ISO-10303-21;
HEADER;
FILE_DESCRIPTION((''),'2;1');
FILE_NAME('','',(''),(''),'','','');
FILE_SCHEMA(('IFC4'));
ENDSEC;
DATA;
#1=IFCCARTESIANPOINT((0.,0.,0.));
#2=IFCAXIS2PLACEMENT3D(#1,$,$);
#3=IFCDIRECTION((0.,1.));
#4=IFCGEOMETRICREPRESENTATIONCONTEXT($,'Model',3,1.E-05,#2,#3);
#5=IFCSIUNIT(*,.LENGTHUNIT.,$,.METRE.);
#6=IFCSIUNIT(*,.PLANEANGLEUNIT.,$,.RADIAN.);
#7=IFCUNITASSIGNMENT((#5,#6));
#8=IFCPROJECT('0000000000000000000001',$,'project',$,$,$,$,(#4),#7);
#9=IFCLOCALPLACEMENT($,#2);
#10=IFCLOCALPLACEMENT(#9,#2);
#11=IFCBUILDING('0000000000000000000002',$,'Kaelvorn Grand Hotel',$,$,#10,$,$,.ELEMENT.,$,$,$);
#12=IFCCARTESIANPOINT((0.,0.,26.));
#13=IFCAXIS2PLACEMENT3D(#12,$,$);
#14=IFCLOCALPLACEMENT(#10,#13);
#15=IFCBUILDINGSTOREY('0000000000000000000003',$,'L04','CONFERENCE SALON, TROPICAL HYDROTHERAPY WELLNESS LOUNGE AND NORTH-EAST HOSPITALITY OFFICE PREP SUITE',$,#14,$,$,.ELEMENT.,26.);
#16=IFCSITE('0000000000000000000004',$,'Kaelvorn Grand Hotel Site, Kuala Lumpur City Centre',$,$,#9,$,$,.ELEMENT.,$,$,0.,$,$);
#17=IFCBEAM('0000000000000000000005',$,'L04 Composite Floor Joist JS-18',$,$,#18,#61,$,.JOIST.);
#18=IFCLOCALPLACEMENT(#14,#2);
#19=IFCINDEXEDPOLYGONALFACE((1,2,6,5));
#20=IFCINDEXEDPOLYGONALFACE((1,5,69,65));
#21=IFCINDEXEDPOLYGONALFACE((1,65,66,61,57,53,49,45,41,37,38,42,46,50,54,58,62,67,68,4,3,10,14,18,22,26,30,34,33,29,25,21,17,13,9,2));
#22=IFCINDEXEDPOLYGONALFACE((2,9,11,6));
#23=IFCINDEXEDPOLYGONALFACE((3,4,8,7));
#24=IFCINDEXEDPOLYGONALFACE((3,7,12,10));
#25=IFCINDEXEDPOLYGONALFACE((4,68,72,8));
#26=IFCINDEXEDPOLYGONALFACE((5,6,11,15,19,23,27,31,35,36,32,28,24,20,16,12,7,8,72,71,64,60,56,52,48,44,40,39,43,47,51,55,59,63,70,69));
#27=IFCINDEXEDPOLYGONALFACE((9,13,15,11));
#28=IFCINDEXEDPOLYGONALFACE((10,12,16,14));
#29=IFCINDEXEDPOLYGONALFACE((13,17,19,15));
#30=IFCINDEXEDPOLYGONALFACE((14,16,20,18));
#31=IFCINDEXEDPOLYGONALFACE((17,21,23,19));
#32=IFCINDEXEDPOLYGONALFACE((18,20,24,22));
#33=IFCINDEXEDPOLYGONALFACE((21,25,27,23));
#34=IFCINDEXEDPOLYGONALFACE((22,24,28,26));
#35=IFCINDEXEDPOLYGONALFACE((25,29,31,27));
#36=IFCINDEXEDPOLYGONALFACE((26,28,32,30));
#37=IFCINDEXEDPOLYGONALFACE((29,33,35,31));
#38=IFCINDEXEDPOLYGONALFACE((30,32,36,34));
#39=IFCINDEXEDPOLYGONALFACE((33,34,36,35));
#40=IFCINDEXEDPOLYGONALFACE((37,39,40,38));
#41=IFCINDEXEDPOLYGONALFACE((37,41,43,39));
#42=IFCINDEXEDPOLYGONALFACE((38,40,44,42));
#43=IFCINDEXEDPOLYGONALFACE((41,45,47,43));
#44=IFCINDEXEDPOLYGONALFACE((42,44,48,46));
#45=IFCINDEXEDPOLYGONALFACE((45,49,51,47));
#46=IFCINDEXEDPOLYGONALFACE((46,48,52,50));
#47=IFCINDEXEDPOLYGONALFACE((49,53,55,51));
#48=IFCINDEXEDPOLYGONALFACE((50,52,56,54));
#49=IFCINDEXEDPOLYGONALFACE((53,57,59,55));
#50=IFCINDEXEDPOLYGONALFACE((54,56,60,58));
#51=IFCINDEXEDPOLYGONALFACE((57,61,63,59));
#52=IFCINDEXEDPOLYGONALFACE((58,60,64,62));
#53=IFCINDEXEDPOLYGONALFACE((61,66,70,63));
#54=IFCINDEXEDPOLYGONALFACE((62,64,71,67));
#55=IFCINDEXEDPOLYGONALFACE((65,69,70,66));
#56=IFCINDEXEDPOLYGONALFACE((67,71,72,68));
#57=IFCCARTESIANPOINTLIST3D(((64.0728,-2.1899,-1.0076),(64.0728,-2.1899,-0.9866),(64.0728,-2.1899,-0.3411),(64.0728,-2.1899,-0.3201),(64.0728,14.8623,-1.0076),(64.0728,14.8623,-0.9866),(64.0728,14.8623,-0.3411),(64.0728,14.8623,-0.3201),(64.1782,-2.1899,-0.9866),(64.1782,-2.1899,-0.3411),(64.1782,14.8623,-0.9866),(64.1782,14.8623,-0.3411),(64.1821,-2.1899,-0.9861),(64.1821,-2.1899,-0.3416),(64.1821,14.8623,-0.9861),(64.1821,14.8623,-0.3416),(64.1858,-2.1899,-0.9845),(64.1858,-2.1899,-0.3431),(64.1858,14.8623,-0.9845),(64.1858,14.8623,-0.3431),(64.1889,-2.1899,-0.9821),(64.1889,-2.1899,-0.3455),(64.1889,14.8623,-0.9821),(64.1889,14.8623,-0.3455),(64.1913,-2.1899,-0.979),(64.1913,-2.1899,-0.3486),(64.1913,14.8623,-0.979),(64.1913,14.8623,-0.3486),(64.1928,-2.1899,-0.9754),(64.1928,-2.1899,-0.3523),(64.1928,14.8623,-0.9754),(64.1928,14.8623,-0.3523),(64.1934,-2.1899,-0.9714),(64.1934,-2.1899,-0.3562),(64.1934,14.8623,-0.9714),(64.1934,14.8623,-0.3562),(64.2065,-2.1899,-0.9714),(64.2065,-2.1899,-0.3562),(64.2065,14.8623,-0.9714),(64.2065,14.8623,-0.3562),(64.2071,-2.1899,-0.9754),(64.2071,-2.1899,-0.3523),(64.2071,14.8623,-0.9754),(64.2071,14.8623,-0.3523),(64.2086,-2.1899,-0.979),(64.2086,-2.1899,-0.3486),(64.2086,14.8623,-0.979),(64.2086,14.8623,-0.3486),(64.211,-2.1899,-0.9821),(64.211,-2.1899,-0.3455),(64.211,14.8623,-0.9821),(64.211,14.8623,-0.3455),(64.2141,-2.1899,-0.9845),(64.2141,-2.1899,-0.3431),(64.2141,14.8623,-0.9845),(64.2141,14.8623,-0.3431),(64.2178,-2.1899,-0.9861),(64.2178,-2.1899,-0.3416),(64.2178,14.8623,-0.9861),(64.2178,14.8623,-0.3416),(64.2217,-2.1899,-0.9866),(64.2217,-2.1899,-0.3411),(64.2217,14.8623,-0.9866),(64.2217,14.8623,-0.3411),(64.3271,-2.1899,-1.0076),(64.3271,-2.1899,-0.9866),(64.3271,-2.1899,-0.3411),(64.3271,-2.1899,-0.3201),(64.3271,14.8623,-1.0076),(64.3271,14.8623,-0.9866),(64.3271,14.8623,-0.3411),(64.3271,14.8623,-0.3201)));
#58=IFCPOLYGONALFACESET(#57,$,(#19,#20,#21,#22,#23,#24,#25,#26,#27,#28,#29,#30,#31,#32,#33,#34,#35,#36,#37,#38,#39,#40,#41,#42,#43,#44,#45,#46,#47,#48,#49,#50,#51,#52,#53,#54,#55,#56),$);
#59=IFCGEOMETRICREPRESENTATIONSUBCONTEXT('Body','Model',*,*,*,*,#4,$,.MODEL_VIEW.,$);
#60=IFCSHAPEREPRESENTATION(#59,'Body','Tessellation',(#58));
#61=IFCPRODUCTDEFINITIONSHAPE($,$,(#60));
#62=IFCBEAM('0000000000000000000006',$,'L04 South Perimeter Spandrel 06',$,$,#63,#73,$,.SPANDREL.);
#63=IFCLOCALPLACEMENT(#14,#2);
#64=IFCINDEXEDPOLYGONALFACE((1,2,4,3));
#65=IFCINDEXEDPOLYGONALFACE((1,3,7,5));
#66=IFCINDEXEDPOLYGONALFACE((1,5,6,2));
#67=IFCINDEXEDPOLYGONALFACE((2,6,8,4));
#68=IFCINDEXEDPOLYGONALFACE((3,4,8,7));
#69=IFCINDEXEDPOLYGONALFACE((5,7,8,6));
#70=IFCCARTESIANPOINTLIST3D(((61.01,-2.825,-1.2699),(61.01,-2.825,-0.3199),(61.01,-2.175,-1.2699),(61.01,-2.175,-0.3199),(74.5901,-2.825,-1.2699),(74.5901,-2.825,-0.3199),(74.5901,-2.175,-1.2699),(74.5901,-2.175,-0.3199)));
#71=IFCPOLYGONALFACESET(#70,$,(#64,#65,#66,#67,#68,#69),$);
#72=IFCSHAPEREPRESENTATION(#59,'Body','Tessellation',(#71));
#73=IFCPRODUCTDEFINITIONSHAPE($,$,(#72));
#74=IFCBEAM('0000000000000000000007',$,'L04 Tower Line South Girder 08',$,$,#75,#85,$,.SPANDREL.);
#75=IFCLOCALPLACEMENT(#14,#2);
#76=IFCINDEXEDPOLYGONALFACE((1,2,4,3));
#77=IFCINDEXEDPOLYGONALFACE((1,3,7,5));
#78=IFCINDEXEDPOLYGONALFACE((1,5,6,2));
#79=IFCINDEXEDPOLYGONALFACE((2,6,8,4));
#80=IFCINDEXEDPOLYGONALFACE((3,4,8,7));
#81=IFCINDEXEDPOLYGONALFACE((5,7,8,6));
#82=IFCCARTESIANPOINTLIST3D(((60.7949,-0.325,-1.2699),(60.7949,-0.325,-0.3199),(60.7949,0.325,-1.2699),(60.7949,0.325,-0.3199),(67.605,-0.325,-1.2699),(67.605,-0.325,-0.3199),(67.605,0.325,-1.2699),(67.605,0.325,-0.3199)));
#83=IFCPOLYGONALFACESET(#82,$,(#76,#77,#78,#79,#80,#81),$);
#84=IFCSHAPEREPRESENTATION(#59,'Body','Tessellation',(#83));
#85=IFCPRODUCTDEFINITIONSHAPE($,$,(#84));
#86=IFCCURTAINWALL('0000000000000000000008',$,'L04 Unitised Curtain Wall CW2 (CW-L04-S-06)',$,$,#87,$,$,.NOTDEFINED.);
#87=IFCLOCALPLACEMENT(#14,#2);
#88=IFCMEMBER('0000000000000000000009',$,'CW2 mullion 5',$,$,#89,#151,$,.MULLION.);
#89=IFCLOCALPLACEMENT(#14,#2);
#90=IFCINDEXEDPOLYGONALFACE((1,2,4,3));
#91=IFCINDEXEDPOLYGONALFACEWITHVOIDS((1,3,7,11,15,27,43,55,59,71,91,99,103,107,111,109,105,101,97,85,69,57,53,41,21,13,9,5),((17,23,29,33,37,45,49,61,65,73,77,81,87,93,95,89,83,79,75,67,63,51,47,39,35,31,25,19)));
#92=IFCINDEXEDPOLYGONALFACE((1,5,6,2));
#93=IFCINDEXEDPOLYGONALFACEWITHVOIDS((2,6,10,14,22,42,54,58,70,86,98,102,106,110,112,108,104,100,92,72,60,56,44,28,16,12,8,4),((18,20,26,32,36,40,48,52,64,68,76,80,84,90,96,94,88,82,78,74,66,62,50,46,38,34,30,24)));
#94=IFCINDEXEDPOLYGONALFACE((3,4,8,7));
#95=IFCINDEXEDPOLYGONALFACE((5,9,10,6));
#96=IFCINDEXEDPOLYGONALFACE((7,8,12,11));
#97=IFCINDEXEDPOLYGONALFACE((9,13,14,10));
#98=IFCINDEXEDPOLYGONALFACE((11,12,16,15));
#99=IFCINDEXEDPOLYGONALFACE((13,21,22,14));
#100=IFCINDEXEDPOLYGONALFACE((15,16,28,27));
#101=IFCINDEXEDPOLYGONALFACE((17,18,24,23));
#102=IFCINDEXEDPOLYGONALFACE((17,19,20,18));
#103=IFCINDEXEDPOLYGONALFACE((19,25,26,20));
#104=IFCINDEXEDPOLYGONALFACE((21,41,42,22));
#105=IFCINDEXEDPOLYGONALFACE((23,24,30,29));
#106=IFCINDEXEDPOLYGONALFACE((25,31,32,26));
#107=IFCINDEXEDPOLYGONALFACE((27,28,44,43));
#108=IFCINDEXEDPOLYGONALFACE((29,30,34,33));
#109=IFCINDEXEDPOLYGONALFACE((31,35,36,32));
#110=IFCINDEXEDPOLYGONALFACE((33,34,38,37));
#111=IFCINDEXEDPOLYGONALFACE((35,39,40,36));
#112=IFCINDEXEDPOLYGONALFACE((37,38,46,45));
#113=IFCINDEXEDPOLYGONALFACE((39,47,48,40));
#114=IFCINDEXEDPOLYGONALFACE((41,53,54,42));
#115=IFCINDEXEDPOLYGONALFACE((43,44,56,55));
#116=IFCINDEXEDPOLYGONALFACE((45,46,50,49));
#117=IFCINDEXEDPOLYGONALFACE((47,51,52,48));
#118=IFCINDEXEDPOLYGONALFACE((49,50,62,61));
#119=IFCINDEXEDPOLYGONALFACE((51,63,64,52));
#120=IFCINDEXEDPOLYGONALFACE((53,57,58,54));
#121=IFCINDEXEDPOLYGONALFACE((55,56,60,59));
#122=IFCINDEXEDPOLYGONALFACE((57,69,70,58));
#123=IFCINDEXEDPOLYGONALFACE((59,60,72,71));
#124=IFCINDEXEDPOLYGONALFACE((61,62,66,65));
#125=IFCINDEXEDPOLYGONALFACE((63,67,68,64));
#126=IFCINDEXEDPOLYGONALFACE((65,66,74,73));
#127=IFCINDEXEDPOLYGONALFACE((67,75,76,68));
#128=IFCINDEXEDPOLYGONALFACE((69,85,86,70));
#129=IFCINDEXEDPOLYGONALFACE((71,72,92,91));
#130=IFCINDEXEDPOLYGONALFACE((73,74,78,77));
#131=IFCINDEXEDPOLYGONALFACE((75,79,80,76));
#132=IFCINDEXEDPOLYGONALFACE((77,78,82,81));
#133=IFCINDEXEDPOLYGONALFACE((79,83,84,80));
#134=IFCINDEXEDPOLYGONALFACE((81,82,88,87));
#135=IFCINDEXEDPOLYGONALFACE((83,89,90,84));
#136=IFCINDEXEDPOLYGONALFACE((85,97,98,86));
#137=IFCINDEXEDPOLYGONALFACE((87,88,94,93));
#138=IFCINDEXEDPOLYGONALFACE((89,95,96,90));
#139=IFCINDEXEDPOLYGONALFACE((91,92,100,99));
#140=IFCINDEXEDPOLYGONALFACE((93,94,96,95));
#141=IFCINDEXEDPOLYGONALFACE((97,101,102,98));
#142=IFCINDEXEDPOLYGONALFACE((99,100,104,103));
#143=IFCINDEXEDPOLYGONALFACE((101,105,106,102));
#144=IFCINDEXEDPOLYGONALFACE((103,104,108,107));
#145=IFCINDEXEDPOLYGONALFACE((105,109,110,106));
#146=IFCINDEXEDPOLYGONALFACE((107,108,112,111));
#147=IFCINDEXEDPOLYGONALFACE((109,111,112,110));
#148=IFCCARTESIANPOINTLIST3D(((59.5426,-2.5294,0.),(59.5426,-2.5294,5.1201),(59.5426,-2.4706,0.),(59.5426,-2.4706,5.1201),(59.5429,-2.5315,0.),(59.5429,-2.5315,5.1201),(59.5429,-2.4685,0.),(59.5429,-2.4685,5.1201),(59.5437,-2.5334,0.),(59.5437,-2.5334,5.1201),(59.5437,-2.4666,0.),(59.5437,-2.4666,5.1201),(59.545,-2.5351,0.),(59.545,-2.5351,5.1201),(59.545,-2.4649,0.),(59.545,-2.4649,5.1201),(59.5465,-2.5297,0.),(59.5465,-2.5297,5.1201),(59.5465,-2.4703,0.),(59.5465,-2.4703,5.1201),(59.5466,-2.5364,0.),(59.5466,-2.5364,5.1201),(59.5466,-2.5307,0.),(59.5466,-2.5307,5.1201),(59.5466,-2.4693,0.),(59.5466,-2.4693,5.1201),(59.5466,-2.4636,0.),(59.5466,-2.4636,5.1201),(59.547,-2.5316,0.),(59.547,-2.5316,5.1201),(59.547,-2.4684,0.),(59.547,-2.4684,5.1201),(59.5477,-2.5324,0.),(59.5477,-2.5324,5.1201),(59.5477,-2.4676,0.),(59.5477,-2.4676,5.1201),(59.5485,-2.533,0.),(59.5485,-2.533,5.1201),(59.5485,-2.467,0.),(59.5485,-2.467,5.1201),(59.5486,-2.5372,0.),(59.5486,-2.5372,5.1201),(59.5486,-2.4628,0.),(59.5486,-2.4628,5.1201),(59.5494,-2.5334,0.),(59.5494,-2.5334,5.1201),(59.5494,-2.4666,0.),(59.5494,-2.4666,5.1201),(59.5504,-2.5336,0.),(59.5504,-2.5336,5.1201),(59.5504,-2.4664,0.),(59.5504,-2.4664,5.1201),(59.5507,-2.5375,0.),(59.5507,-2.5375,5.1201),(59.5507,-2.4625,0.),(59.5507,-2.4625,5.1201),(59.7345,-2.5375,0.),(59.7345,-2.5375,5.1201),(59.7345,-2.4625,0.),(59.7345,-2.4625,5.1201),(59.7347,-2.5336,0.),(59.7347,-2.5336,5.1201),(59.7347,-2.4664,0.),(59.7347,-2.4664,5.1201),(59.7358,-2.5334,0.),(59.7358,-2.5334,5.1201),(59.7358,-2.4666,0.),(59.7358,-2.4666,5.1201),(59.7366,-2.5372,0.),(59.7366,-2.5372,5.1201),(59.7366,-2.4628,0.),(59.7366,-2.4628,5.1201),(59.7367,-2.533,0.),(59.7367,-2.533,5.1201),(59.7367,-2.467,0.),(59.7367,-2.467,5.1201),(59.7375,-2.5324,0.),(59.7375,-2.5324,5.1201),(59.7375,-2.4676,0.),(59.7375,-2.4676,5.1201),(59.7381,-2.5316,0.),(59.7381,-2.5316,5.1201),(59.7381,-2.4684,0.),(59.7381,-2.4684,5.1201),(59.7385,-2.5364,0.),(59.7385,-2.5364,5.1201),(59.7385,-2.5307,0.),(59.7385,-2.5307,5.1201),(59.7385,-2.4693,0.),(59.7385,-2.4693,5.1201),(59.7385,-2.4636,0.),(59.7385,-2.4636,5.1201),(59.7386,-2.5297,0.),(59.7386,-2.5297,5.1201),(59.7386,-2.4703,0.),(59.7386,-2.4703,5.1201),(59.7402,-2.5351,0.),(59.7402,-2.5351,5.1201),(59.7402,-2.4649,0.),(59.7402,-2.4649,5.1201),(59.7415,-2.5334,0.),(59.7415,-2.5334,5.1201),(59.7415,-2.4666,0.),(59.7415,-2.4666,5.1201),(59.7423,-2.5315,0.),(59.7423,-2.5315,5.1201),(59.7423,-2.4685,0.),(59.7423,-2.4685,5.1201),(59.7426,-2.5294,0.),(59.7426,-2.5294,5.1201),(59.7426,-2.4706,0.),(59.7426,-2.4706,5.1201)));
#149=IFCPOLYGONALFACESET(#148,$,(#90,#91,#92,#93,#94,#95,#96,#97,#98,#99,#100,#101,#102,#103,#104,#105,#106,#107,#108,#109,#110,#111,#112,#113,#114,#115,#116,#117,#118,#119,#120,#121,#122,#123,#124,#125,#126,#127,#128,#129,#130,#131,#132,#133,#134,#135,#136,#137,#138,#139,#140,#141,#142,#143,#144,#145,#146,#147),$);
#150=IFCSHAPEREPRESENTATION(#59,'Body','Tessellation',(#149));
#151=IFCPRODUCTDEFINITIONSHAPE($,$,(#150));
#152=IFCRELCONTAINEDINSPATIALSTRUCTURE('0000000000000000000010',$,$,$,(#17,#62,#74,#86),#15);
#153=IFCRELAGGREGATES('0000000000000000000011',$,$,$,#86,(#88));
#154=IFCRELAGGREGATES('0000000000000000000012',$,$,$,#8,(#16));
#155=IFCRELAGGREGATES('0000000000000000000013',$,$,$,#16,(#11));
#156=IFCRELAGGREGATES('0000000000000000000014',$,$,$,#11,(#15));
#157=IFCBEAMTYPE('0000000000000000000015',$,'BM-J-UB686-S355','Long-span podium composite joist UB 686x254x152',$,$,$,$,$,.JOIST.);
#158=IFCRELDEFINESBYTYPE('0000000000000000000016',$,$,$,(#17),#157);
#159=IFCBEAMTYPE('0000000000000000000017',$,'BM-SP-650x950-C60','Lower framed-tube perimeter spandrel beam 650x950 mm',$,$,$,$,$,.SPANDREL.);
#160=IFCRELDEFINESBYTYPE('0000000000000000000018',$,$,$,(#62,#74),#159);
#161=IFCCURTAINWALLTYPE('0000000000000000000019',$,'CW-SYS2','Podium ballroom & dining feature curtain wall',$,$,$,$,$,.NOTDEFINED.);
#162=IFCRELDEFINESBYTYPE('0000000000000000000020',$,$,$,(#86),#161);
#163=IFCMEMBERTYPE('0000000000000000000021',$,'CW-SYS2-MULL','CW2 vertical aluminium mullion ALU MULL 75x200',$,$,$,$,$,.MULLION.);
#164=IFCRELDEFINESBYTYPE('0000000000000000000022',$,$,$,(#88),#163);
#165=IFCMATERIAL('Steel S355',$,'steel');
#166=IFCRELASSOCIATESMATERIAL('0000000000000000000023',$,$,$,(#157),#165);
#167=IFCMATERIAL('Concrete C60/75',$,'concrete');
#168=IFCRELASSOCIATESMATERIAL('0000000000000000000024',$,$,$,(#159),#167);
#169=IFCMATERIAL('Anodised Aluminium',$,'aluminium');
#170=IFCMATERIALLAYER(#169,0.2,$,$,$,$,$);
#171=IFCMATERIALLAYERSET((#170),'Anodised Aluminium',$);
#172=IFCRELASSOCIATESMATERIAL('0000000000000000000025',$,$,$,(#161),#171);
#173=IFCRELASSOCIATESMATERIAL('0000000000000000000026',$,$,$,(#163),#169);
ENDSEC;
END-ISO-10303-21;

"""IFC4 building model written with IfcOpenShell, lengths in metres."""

from ifc_helpers import new_model, si_unit, direction, frame, origin, origin_2d, place, context, subcontext, project, spatial, rectangle, hollow_rectangle, i_section, extrude, material, layer, layer_set, material_profile, profile_set, type_object, element, aggregate, save


model = new_model("IFC4")

# Units and contexts
model_context = context("Model", 3, precision=1e-05, world=origin(), true_north=direction((0.0, 1.0)))
body_context = subcontext(model_context, "Body", "Model", "MODEL_VIEW")
ifc_project = project(units=[si_unit("LENGTHUNIT", "METRE"), si_unit("PLANEANGLEUNIT", "RADIAN")], contexts=[model_context])

# Site, building, storey
site_placement = place(None, origin())
site = spatial("IfcSite", under=ifc_project, at=site_placement, Name="Kaelvorn Grand Hotel Site, Kuala Lumpur City Centre", CompositionType="ELEMENT", RefElevation=0.0)
building_placement = place(site_placement, origin())
building = spatial("IfcBuilding", under=site, at=building_placement, Name="Kaelvorn Grand Hotel", CompositionType="ELEMENT")
storey_placement = place(building_placement, frame((0.0, 0.0, 26.0)))
storey = spatial("IfcBuildingStorey", under=building, at=storey_placement, Name="L04", Description="CONFERENCE SALON, TROPICAL HYDROTHERAPY WELLNESS LOUNGE AND NORTH-EAST HOSPITALITY OFFICE PREP SUITE", CompositionType="ELEMENT", Elevation=26.0)

# Beams
ifc_material_1 = material(Name="Steel S355", Category="steel")
ifc_material_profile_1 = material_profile(ifc_material_1, i_section(OverallWidth=0.2544, OverallDepth=0.6875, WebThickness=0.0132, FlangeThickness=0.021, FilletRadius=0.0151, at=origin_2d()), Name="UB 686x254x152")
ifc_profile_set_1 = profile_set([ifc_material_profile_1], Name="Steel S355")
beam_type_1 = type_object("IfcBeamType", Name="BM-J-UB686-S355", Description="Long-span podium composite joist UB 686x254x152", PredefinedType="JOIST", material=ifc_profile_set_1)
beam_1_placement = place(storey_placement, frame((64.2, -2.1899, -0.6638), z_axis=(0.0, 1.0, 0.0), x_axis=(-1.0, 0.0, 0.0)))
element("IfcBeam", 1, at=beam_1_placement, inside=storey, type_object=beam_type_1, Name="L04 Composite Floor Joist JS-18", PredefinedType="JOIST", context=body_context, shape_type="SweptSolid", body=[
    extrude(i_section(OverallWidth=0.2544, OverallDepth=0.6875, WebThickness=0.0132, FlangeThickness=0.021, FilletRadius=0.0151, at=origin_2d()), origin(), (0.0, 0.0, 1.0), 17.0522),
])
ifc_material_2 = material(Name="Concrete C60/75", Category="concrete")
ifc_material_profile_2 = material_profile(ifc_material_2, rectangle(XDim=0.6499, YDim=0.95, at=origin_2d()), Name="RC SPANDREL 650x950")
ifc_profile_set_2 = profile_set([ifc_material_profile_2], Name="Concrete C60/75")
beam_type_2 = type_object("IfcBeamType", Name="BM-SP-650x950-C60", Description="Lower framed-tube perimeter spandrel beam 650x950 mm", PredefinedType="SPANDREL", material=ifc_profile_set_2)
beam_2_placement = place(storey_placement, frame((61.01, -2.5, -0.7949), z_axis=(1.0, 0.0, 0.0), x_axis=(0.0, 1.0, 0.0)))
element("IfcBeam", 2, at=beam_2_placement, inside=storey, type_object=beam_type_2, Name="L04 South Perimeter Spandrel 06", PredefinedType="SPANDREL", context=body_context, shape_type="SweptSolid", body=[
    extrude(rectangle(XDim=0.6499, YDim=0.95, at=origin_2d()), origin(), (0.0, 0.0, 1.0), 13.5801),
])
beam_3_placement = place(storey_placement, frame((60.7949, 0.0, -0.7949), z_axis=(1.0, 0.0, 0.0), x_axis=(0.0, 1.0, 0.0)))
element("IfcBeam", 3, at=beam_3_placement, inside=storey, type_object=beam_type_2, Name="L04 Tower Line South Girder 08", PredefinedType="SPANDREL", context=body_context, shape_type="SweptSolid", body=[
    extrude(rectangle(XDim=0.6499, YDim=0.95, at=origin_2d()), origin(), (0.0, 0.0, 1.0), 6.8101),
])

# Curtain wall, member
ifc_material_3 = material(Name="Anodised Aluminium", Category="aluminium")
ifc_layer_1 = layer(ifc_material_3, 0.2)
ifc_layer_set_1 = layer_set([ifc_layer_1], Name="Anodised Aluminium")
curtain_wall_type = type_object("IfcCurtainWallType", Name="CW-SYS2", Description="Podium ballroom & dining feature curtain wall", PredefinedType="NOTDEFINED", material=ifc_layer_set_1)
curtain_wall_1_placement = place(storey_placement, origin())
curtain_wall_1 = element("IfcCurtainWall", 4, at=curtain_wall_1_placement, inside=storey, type_object=curtain_wall_type, Name="L04 Unitised Curtain Wall CW2 (CW-L04-S-06)", PredefinedType="NOTDEFINED")
ifc_material_profile_3 = material_profile(ifc_material_3, hollow_rectangle(XDim=0.075, YDim=0.2, WallThickness=0.0039, InnerFilletRadius=0.0039, OuterFilletRadius=0.0081, at=origin_2d()), Name="ALU MULL 75x200")
ifc_profile_set_3 = profile_set([ifc_material_profile_3], Name="Anodised Aluminium")
member_type_1 = type_object("IfcMemberType", Name="CW-SYS2-MULL", Description="CW2 vertical aluminium mullion ALU MULL 75x200", PredefinedType="MULLION", material=ifc_profile_set_3)
member_1_placement = place(storey_placement, frame((59.6426, -2.5, 0.0), z_axis=(0.0, 0.0, 1.0), x_axis=(0.0, 1.0, 0.0)))
member_1 = element("IfcMember", 5, at=member_1_placement, type_object=member_type_1, Name="CW2 mullion 5", PredefinedType="MULLION", context=body_context, shape_type="SweptSolid", body=[
    extrude(hollow_rectangle(XDim=0.075, YDim=0.2, WallThickness=0.0039, InnerFilletRadius=0.0039, OuterFilletRadius=0.0081, at=origin_2d()), origin(), (0.0, 0.0, 1.0), 5.1201),
])

aggregate(curtain_wall_1, [member_1])

save(model, "model.ifc")
